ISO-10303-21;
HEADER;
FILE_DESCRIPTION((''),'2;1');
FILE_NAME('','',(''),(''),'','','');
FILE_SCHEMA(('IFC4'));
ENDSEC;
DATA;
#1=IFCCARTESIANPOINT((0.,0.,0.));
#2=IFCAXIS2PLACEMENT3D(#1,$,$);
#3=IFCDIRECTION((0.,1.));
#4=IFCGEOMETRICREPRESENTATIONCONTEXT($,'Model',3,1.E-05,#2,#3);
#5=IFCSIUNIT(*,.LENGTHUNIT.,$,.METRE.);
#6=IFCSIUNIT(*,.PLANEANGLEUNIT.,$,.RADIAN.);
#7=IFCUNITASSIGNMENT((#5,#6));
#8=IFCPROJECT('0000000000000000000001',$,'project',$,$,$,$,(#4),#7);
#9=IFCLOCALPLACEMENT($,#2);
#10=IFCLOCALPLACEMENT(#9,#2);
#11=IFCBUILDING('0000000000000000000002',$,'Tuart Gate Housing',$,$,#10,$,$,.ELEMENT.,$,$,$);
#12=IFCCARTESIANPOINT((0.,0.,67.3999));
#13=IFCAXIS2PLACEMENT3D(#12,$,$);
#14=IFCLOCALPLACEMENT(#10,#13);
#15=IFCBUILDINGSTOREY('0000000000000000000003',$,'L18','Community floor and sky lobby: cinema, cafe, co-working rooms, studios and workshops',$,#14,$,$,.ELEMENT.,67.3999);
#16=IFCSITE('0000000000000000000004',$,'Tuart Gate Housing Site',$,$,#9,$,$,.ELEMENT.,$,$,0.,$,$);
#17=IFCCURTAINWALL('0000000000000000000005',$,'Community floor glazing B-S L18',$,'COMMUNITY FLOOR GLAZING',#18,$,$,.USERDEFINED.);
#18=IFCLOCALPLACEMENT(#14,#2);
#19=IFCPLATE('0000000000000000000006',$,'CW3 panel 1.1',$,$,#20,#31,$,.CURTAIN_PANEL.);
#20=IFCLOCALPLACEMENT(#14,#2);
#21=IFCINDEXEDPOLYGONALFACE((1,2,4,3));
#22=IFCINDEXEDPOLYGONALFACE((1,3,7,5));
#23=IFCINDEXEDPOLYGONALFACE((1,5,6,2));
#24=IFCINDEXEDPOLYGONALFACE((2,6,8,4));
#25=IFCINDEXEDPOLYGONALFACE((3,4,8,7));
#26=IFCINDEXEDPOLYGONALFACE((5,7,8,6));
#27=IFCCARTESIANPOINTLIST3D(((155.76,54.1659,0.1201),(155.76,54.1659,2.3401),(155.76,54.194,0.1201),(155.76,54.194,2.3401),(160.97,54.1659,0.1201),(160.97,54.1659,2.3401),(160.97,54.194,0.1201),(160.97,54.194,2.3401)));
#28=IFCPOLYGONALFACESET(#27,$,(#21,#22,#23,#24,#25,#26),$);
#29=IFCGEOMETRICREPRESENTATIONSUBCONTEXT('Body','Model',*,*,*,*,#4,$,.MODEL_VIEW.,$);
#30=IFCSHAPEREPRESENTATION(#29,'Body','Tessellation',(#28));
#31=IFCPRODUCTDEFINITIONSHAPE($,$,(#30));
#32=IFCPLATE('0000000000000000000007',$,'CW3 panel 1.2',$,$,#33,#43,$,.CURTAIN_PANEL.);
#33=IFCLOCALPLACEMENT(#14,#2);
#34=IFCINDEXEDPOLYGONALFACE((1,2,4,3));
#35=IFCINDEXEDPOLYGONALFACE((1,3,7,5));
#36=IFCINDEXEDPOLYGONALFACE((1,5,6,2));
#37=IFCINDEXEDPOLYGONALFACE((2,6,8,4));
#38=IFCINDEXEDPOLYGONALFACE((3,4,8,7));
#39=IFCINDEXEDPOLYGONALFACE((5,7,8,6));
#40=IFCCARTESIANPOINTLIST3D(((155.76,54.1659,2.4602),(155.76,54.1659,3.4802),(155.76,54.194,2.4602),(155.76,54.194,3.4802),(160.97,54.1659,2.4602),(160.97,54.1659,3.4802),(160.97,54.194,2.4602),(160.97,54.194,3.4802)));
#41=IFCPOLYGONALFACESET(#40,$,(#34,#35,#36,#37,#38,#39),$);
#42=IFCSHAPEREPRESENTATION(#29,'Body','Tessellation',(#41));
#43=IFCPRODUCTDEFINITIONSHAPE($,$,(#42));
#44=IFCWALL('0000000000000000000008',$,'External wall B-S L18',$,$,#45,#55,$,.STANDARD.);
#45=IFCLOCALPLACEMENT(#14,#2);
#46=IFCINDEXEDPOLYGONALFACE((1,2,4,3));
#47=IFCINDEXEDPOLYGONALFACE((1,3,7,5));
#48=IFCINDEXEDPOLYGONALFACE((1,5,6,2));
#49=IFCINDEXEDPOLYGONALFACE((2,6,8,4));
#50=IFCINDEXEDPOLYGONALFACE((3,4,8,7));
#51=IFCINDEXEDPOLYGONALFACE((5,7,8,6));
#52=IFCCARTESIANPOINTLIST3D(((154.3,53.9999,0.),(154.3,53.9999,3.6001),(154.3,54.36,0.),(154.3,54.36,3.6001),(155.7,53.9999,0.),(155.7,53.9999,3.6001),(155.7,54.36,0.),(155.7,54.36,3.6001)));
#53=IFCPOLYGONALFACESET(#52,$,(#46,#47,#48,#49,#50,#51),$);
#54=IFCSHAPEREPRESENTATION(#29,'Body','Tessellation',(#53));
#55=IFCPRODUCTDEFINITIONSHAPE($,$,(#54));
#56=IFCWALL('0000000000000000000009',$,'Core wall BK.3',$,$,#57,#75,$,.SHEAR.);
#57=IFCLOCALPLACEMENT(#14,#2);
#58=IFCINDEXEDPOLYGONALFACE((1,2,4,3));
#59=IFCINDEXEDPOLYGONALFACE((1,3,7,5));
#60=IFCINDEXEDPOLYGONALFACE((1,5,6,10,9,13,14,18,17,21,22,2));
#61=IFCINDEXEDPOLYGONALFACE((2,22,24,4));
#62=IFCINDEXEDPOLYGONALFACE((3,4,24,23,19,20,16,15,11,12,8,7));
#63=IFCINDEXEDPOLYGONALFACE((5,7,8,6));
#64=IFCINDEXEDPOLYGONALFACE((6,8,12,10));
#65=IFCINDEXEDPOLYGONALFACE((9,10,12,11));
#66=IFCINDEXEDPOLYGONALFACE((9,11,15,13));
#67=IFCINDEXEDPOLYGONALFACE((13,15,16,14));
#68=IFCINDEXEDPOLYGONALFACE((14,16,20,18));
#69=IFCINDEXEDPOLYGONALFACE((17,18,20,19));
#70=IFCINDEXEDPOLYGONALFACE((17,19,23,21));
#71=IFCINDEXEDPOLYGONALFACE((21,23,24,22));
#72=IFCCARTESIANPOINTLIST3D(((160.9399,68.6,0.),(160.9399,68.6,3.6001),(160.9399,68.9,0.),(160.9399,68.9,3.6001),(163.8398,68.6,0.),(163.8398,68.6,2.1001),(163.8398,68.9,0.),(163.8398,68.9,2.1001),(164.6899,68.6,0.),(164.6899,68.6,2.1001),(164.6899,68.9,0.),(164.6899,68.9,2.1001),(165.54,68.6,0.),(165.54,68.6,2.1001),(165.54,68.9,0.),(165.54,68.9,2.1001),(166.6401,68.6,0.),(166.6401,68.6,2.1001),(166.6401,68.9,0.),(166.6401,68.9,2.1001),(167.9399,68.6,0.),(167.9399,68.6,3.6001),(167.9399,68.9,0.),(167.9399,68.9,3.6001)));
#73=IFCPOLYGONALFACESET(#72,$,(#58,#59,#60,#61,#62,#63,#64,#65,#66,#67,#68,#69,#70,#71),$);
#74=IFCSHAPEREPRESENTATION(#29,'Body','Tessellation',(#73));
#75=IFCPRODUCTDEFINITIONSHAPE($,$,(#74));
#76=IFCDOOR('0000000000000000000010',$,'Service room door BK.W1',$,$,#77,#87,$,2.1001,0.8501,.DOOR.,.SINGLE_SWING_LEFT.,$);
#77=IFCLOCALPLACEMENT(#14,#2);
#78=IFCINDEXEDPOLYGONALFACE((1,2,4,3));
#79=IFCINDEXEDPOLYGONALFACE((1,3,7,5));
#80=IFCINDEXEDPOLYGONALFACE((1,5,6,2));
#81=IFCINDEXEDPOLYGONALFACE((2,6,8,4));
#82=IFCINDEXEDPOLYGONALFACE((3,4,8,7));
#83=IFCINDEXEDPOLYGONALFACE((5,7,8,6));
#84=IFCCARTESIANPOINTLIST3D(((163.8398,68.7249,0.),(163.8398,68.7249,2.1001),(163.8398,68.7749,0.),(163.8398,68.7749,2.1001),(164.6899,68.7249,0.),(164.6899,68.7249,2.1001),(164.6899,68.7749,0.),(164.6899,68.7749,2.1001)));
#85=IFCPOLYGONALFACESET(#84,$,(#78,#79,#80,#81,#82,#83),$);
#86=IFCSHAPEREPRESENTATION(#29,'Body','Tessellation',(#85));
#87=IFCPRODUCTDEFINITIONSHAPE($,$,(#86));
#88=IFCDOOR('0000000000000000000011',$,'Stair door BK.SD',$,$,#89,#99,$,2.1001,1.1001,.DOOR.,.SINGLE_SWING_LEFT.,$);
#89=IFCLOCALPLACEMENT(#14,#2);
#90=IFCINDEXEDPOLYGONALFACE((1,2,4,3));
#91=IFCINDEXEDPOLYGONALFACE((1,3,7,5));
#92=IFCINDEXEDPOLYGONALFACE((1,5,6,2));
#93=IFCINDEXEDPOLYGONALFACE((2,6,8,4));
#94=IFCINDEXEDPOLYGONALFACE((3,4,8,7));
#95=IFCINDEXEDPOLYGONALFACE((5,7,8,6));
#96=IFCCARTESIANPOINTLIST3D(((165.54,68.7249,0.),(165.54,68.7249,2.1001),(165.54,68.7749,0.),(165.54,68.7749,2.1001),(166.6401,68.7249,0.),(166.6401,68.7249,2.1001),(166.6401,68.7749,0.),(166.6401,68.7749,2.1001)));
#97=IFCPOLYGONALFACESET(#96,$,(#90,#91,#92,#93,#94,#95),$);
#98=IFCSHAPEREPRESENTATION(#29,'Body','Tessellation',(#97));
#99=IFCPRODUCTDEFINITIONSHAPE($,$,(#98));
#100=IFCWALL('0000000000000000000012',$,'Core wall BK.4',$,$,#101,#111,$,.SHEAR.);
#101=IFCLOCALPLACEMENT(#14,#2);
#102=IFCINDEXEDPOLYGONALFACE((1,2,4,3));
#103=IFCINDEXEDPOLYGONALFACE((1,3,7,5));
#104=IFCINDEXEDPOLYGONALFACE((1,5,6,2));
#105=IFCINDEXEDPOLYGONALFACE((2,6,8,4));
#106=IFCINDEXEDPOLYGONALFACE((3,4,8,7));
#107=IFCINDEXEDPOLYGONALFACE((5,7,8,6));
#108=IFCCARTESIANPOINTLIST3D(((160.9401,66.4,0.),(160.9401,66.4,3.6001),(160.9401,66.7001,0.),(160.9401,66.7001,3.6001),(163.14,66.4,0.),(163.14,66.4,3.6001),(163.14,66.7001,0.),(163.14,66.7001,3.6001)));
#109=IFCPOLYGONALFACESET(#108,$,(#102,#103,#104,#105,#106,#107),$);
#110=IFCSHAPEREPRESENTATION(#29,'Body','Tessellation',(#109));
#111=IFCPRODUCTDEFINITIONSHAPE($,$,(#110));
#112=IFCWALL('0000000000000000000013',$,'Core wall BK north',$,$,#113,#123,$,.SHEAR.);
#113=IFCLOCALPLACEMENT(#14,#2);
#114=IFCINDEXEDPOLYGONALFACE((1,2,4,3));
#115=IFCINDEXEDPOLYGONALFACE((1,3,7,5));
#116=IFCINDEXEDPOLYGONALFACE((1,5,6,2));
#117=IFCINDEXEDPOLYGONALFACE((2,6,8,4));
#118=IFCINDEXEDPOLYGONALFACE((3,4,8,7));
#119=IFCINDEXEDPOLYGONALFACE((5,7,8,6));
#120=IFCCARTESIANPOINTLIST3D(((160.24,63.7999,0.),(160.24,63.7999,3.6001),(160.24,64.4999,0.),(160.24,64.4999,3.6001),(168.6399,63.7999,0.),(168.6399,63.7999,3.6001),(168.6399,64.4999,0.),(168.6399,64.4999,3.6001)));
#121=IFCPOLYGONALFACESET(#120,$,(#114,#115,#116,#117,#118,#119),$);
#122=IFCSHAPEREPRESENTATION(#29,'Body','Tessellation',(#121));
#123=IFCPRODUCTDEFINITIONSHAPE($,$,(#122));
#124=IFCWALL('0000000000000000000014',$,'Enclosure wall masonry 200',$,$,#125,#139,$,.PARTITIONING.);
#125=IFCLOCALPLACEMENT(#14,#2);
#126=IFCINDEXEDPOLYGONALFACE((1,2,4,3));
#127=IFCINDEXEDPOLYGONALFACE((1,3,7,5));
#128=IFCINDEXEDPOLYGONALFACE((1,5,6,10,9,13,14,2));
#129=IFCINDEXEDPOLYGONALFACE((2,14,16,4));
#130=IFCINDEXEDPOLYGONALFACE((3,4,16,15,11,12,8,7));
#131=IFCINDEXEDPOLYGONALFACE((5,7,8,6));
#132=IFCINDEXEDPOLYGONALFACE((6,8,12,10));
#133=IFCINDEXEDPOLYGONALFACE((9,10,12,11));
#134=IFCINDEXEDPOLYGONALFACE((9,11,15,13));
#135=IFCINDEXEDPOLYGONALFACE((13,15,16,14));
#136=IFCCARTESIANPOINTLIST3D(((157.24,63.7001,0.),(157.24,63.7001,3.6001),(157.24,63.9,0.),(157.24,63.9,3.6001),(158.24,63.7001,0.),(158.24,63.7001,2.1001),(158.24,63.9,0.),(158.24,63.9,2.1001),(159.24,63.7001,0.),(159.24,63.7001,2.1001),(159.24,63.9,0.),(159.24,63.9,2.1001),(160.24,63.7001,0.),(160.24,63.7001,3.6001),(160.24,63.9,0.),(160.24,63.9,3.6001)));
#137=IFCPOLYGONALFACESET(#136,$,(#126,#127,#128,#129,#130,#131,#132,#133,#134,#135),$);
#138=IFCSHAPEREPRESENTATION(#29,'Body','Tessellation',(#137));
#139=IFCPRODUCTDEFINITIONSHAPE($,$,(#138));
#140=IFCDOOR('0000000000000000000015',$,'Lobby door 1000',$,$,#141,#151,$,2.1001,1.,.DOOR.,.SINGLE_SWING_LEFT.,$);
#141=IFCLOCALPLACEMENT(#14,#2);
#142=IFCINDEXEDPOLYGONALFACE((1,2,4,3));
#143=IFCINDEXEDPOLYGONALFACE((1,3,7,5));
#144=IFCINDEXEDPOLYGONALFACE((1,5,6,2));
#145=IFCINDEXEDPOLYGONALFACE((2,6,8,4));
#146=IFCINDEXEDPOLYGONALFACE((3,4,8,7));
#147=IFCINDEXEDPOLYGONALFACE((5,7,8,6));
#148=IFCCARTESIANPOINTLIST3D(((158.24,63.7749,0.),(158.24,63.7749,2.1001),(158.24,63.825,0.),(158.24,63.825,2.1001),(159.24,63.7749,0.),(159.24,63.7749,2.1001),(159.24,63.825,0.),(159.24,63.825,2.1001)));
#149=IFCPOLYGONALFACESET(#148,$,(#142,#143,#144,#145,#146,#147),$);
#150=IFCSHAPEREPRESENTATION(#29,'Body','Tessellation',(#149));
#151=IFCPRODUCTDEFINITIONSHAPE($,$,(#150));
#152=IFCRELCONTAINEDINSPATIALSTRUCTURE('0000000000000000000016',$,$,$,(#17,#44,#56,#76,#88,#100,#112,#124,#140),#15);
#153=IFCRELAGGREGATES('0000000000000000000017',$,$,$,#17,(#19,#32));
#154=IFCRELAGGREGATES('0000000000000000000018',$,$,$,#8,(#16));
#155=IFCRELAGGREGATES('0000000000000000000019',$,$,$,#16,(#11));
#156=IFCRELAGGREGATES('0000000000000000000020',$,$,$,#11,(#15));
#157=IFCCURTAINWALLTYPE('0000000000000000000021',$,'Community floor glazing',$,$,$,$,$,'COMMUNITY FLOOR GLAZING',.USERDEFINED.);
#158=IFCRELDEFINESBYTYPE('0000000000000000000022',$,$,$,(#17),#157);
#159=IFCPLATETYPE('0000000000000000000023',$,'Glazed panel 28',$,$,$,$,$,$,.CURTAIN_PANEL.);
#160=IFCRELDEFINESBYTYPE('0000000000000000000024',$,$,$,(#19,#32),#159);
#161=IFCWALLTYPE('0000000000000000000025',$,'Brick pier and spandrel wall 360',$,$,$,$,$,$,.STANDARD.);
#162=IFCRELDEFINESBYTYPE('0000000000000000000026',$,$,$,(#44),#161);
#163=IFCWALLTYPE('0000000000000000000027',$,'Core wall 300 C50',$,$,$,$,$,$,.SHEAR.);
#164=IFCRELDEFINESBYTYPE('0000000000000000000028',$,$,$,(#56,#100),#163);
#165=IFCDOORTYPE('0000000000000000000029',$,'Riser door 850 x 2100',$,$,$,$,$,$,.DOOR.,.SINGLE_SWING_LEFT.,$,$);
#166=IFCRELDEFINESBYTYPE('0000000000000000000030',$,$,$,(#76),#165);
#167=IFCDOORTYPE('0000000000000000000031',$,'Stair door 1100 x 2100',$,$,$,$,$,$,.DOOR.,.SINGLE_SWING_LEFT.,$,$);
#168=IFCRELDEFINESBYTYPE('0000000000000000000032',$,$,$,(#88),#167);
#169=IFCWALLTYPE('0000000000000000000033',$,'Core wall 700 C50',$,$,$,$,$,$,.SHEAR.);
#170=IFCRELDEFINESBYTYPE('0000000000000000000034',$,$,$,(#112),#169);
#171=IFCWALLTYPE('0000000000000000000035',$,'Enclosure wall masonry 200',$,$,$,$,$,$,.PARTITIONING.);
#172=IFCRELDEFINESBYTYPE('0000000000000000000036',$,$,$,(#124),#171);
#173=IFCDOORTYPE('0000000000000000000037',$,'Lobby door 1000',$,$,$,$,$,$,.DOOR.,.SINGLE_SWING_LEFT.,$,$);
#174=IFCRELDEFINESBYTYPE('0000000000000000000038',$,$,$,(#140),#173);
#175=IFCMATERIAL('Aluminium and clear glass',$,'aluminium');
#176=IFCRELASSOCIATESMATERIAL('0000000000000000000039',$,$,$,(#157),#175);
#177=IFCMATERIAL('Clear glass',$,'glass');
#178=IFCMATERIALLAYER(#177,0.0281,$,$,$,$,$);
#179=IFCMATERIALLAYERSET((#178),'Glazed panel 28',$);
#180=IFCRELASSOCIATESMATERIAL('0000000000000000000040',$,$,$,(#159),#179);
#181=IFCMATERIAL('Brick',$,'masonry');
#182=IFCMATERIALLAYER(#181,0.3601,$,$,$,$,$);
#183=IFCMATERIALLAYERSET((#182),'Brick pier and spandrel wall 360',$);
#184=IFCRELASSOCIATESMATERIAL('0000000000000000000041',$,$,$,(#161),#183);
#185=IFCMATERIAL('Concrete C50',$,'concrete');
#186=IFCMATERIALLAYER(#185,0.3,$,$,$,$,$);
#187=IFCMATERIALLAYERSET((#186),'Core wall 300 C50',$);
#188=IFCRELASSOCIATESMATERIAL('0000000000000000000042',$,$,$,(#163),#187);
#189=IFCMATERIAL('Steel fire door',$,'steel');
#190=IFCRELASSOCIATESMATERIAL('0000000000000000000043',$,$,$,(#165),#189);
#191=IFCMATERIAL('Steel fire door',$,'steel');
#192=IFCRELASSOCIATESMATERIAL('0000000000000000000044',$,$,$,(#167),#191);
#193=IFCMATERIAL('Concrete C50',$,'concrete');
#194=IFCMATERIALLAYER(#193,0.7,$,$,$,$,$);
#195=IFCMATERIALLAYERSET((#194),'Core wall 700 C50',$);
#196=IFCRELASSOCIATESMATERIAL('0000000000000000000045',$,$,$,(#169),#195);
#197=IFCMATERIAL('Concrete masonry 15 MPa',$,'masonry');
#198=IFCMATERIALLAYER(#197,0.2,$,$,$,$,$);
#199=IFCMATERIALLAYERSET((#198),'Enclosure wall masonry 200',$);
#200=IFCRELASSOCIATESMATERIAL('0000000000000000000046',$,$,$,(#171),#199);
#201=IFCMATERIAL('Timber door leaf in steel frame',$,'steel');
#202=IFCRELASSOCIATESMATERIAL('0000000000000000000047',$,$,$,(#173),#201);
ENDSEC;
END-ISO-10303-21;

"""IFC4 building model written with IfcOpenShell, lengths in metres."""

from ifc_helpers import new_model, si_unit, direction, frame, frame_2d, origin, origin_2d, place, context, subcontext, project, spatial, rectangle, extrude, material, layer, layer_set, type_object, element, fill, aggregate, save


model = new_model("IFC4")

# Units and contexts
model_context = context("Model", 3, precision=1e-05, world=origin(), true_north=direction((0.0, 1.0)))
body_context = subcontext(model_context, "Body", "Model", "MODEL_VIEW")
ifc_project = project(units=[si_unit("LENGTHUNIT", "METRE"), si_unit("PLANEANGLEUNIT", "RADIAN")], contexts=[model_context])

# Site, building, storey
site_placement = place(None, origin())
site = spatial("IfcSite", under=ifc_project, at=site_placement, Name="Tuart Gate Housing Site", CompositionType="ELEMENT", RefElevation=0.0)
building_placement = place(site_placement, origin())
building = spatial("IfcBuilding", under=site, at=building_placement, Name="Tuart Gate Housing", CompositionType="ELEMENT")
storey_placement = place(building_placement, frame((0.0, 0.0, 67.3999)))
storey = spatial("IfcBuildingStorey", under=building, at=storey_placement, Name="L18", Description="Community floor and sky lobby: cinema, cafe, co-working rooms, studios and workshops", CompositionType="ELEMENT", Elevation=67.3999)

# Curtain wall
ifc_material_1 = material(Name="Aluminium and clear glass", Category="aluminium")
curtain_wall_type = type_object("IfcCurtainWallType", Name="Community floor glazing", ElementType="COMMUNITY FLOOR GLAZING", PredefinedType="USERDEFINED", material=ifc_material_1)
curtain_wall_1_placement = place(storey_placement, origin())
curtain_wall_1 = element("IfcCurtainWall", 1, at=curtain_wall_1_placement, inside=storey, type_object=curtain_wall_type, Name="Community floor glazing B-S L18", ObjectType="COMMUNITY FLOOR GLAZING", PredefinedType="USERDEFINED")

# Plates
ifc_material_2 = material(Name="Clear glass", Category="glass")
ifc_layer_1 = layer(ifc_material_2, 0.0281)
ifc_layer_set_1 = layer_set([ifc_layer_1], Name="Glazed panel 28")
plate_type = type_object("IfcPlateType", Name="Glazed panel 28", PredefinedType="CURTAIN_PANEL", material=ifc_layer_set_1)
plate_1_placement = place(storey_placement, frame((158.365, 54.1799, 0.1201), z_axis=(0.0, 0.0, 1.0), x_axis=(1.0, 0.0, 0.0)))
plate_1 = element("IfcPlate", 2, at=plate_1_placement, type_object=plate_type, Name="CW3 panel 1.1", PredefinedType="CURTAIN_PANEL", context=body_context, shape_type="SweptSolid", body=[
    extrude(rectangle(XDim=5.21, YDim=0.0281, at=origin_2d()), origin(), (0.0, 0.0, 1.0), 2.22),
])
plate_2_placement = place(storey_placement, frame((158.365, 54.1799, 2.4602), z_axis=(0.0, 0.0, 1.0), x_axis=(1.0, 0.0, 0.0)))
plate_2 = element("IfcPlate", 3, at=plate_2_placement, type_object=plate_type, Name="CW3 panel 1.2", PredefinedType="CURTAIN_PANEL", context=body_context, shape_type="SweptSolid", body=[
    extrude(rectangle(XDim=5.21, YDim=0.0281, at=origin_2d()), origin(), (0.0, 0.0, 1.0), 1.02),
])
aggregate(curtain_wall_1, [plate_1, plate_2])

# Wall
ifc_material_3 = material(Name="Brick", Category="masonry")
ifc_layer_2 = layer(ifc_material_3, 0.3601)
ifc_layer_set_2 = layer_set([ifc_layer_2], Name="Brick pier and spandrel wall 360")
wall_type_1 = type_object("IfcWallType", Name="Brick pier and spandrel wall 360", PredefinedType="STANDARD", material=ifc_layer_set_2)
wall_1_placement = place(storey_placement, frame((154.3, 54.1799, 0.0), z_axis=(0.0, 0.0, 1.0), x_axis=(1.0, 0.0, 0.0)))
element("IfcWall", 4, at=wall_1_placement, inside=storey, type_object=wall_type_1, Name="External wall B-S L18", PredefinedType="STANDARD", context=body_context, shape_type="SweptSolid", body=[
    extrude(rectangle(XDim=1.3999, YDim=0.3601, at=frame_2d((0.7, 0.0))), origin(), (0.0, 0.0, 1.0), 3.6001),
])

# Wall, openings, doors
ifc_material_4 = material(Name="Concrete C50", Category="concrete")
ifc_layer_3 = layer(ifc_material_4, 0.3)
ifc_layer_set_3 = layer_set([ifc_layer_3], Name="Core wall 300 C50")
wall_type_2 = type_object("IfcWallType", Name="Core wall 300 C50", PredefinedType="SHEAR", material=ifc_layer_set_3)
wall_2_placement = place(storey_placement, frame((160.9399, 68.75, 0.0), z_axis=(0.0, 0.0, 1.0), x_axis=(1.0, 0.0, 0.0)))
wall_2 = element("IfcWall", 5, at=wall_2_placement, inside=storey, type_object=wall_type_2, Name="Core wall BK.3", PredefinedType="SHEAR", context=body_context, shape_type="SweptSolid", body=[
    extrude(rectangle(XDim=7.0, YDim=0.3, at=frame_2d((3.5, 0.0))), origin(), (0.0, 0.0, 1.0), 3.6001),
])
opening_1_placement = place(wall_2_placement, frame((4.6001, 0.0, 0.0)))
opening_1 = element("IfcOpeningElement", 6, at=opening_1_placement, cuts=wall_2, PredefinedType="OPENING", context=body_context, shape_type="SweptSolid", body=[
    extrude(rectangle(XDim=1.1001, YDim=2.1001, at=frame_2d((0.55, 1.05))), frame((0.0, 0.1599, 0.0), z_axis=(0.0, -1.0, 0.0), x_axis=(1.0, 0.0, 0.0)), (0.0, 0.0, 1.0), 0.3201),
])
opening_2_placement = place(wall_2_placement, frame((2.8999, 0.0, 0.0)))
opening_2 = element("IfcOpeningElement", 7, at=opening_2_placement, cuts=wall_2, PredefinedType="OPENING", context=body_context, shape_type="SweptSolid", body=[
    extrude(rectangle(XDim=0.8501, YDim=2.1001, at=frame_2d((0.425, 1.05))), frame((0.0, 0.1599, 0.0), z_axis=(0.0, -1.0, 0.0), x_axis=(1.0, 0.0, 0.0)), (0.0, 0.0, 1.0), 0.3201),
])
ifc_material_5 = material(Name="Steel fire door", Category="steel")
door_type_1 = type_object("IfcDoorType", Name="Riser door 850 x 2100", OperationType="SINGLE_SWING_LEFT", PredefinedType="DOOR", material=ifc_material_5)
door_1_placement = place(opening_2_placement, origin())
door_1 = element("IfcDoor", 8, at=door_1_placement, inside=storey, type_object=door_type_1, Name="Service room door BK.W1", OperationType="SINGLE_SWING_LEFT", OverallHeight=2.1001, OverallWidth=0.8501, PredefinedType="DOOR", context=body_context, shape_type="SweptSolid", body=[
    extrude(rectangle(XDim=0.8501, YDim=2.1001, at=frame_2d((0.425, 1.05))), frame((0.0, 0.0249, 0.0), z_axis=(0.0, -1.0, 0.0), x_axis=(1.0, 0.0, 0.0)), (0.0, 0.0, 1.0), 0.05),
])
fill(opening_2, door_1)
ifc_material_6 = material(Name="Steel fire door", Category="steel")
door_type_2 = type_object("IfcDoorType", Name="Stair door 1100 x 2100", OperationType="SINGLE_SWING_LEFT", PredefinedType="DOOR", material=ifc_material_6)
door_2_placement = place(opening_1_placement, origin())
door_2 = element("IfcDoor", 9, at=door_2_placement, inside=storey, type_object=door_type_2, Name="Stair door BK.SD", OperationType="SINGLE_SWING_LEFT", OverallHeight=2.1001, OverallWidth=1.1001, PredefinedType="DOOR", context=body_context, shape_type="SweptSolid", body=[
    extrude(rectangle(XDim=1.1001, YDim=2.1001, at=frame_2d((0.55, 1.05))), frame((0.0, 0.0249, 0.0), z_axis=(0.0, -1.0, 0.0), x_axis=(1.0, 0.0, 0.0)), (0.0, 0.0, 1.0), 0.05),
])
fill(opening_1, door_2)

# Walls
wall_3_placement = place(storey_placement, frame((160.9399, 66.55, 0.0), z_axis=(0.0, 0.0, 1.0), x_axis=(1.0, 0.0, 0.0)))
element("IfcWall", 10, at=wall_3_placement, inside=storey, type_object=wall_type_2, Name="Core wall BK.4", PredefinedType="SHEAR", context=body_context, shape_type="SweptSolid", body=[
    extrude(rectangle(XDim=2.2, YDim=0.3, at=frame_2d((1.1001, 0.0))), origin(), (0.0, 0.0, 1.0), 3.6001),
])
ifc_material_7 = material(Name="Concrete C50", Category="concrete")
ifc_layer_4 = layer(ifc_material_7, 0.7)
ifc_layer_set_4 = layer_set([ifc_layer_4], Name="Core wall 700 C50")
wall_type_3 = type_object("IfcWallType", Name="Core wall 700 C50", PredefinedType="SHEAR", material=ifc_layer_set_4)
wall_4_placement = place(storey_placement, frame((160.24, 64.1499, 0.0), z_axis=(0.0, 0.0, 1.0), x_axis=(1.0, 0.0, 0.0)))
element("IfcWall", 11, at=wall_4_placement, inside=storey, type_object=wall_type_3, Name="Core wall BK north", PredefinedType="SHEAR", context=body_context, shape_type="SweptSolid", body=[
    extrude(rectangle(XDim=8.3999, YDim=0.7, at=frame_2d((4.2, 0.0))), origin(), (0.0, 0.0, 1.0), 3.6001),
])

# Wall, opening, door
ifc_material_8 = material(Name="Concrete masonry 15 MPa", Category="masonry")
ifc_layer_5 = layer(ifc_material_8, 0.2)
ifc_layer_set_5 = layer_set([ifc_layer_5], Name="Enclosure wall masonry 200")
wall_type_4 = type_object("IfcWallType", Name="Enclosure wall masonry 200", PredefinedType="PARTITIONING", material=ifc_layer_set_5)
wall_5_placement = place(storey_placement, frame((157.24, 63.8, 0.0), z_axis=(0.0, 0.0, 1.0), x_axis=(1.0, 0.0, 0.0)))
wall_5 = element("IfcWall", 12, at=wall_5_placement, inside=storey, type_object=wall_type_4, Name="Enclosure wall masonry 200", PredefinedType="PARTITIONING", context=body_context, shape_type="SweptSolid", body=[
    extrude(rectangle(XDim=3.0, YDim=0.2, at=frame_2d((1.5, 0.0))), origin(), (0.0, 0.0, 1.0), 3.6001),
])
opening_3_placement = place(wall_5_placement, frame((1.0, 0.0, 0.0)))
opening_3 = element("IfcOpeningElement", 13, at=opening_3_placement, cuts=wall_5, PredefinedType="OPENING", context=body_context, shape_type="SweptSolid", body=[
    extrude(rectangle(XDim=1.0, YDim=2.1001, at=frame_2d((0.5, 1.05))), frame((0.0, 0.1099, 0.0), z_axis=(0.0, -1.0, 0.0), x_axis=(1.0, 0.0, 0.0)), (0.0, 0.0, 1.0), 0.22),
])
ifc_material_9 = material(Name="Timber door leaf in steel frame", Category="steel")
door_type_3 = type_object("IfcDoorType", Name="Lobby door 1000", OperationType="SINGLE_SWING_LEFT", PredefinedType="DOOR", material=ifc_material_9)
door_3_placement = place(opening_3_placement, origin())
door_3 = element("IfcDoor", 14, at=door_3_placement, inside=storey, type_object=door_type_3, Name="Lobby door 1000", OperationType="SINGLE_SWING_LEFT", OverallHeight=2.1001, OverallWidth=1.0, PredefinedType="DOOR", context=body_context, shape_type="SweptSolid", body=[
    extrude(rectangle(XDim=1.0, YDim=2.1001, at=frame_2d((0.5, 1.05))), frame((0.0, 0.0249, 0.0), z_axis=(0.0, -1.0, 0.0), x_axis=(1.0, 0.0, 0.0)), (0.0, 0.0, 1.0), 0.05),
])
fill(opening_3, door_3)

save(model, "model.ifc")
